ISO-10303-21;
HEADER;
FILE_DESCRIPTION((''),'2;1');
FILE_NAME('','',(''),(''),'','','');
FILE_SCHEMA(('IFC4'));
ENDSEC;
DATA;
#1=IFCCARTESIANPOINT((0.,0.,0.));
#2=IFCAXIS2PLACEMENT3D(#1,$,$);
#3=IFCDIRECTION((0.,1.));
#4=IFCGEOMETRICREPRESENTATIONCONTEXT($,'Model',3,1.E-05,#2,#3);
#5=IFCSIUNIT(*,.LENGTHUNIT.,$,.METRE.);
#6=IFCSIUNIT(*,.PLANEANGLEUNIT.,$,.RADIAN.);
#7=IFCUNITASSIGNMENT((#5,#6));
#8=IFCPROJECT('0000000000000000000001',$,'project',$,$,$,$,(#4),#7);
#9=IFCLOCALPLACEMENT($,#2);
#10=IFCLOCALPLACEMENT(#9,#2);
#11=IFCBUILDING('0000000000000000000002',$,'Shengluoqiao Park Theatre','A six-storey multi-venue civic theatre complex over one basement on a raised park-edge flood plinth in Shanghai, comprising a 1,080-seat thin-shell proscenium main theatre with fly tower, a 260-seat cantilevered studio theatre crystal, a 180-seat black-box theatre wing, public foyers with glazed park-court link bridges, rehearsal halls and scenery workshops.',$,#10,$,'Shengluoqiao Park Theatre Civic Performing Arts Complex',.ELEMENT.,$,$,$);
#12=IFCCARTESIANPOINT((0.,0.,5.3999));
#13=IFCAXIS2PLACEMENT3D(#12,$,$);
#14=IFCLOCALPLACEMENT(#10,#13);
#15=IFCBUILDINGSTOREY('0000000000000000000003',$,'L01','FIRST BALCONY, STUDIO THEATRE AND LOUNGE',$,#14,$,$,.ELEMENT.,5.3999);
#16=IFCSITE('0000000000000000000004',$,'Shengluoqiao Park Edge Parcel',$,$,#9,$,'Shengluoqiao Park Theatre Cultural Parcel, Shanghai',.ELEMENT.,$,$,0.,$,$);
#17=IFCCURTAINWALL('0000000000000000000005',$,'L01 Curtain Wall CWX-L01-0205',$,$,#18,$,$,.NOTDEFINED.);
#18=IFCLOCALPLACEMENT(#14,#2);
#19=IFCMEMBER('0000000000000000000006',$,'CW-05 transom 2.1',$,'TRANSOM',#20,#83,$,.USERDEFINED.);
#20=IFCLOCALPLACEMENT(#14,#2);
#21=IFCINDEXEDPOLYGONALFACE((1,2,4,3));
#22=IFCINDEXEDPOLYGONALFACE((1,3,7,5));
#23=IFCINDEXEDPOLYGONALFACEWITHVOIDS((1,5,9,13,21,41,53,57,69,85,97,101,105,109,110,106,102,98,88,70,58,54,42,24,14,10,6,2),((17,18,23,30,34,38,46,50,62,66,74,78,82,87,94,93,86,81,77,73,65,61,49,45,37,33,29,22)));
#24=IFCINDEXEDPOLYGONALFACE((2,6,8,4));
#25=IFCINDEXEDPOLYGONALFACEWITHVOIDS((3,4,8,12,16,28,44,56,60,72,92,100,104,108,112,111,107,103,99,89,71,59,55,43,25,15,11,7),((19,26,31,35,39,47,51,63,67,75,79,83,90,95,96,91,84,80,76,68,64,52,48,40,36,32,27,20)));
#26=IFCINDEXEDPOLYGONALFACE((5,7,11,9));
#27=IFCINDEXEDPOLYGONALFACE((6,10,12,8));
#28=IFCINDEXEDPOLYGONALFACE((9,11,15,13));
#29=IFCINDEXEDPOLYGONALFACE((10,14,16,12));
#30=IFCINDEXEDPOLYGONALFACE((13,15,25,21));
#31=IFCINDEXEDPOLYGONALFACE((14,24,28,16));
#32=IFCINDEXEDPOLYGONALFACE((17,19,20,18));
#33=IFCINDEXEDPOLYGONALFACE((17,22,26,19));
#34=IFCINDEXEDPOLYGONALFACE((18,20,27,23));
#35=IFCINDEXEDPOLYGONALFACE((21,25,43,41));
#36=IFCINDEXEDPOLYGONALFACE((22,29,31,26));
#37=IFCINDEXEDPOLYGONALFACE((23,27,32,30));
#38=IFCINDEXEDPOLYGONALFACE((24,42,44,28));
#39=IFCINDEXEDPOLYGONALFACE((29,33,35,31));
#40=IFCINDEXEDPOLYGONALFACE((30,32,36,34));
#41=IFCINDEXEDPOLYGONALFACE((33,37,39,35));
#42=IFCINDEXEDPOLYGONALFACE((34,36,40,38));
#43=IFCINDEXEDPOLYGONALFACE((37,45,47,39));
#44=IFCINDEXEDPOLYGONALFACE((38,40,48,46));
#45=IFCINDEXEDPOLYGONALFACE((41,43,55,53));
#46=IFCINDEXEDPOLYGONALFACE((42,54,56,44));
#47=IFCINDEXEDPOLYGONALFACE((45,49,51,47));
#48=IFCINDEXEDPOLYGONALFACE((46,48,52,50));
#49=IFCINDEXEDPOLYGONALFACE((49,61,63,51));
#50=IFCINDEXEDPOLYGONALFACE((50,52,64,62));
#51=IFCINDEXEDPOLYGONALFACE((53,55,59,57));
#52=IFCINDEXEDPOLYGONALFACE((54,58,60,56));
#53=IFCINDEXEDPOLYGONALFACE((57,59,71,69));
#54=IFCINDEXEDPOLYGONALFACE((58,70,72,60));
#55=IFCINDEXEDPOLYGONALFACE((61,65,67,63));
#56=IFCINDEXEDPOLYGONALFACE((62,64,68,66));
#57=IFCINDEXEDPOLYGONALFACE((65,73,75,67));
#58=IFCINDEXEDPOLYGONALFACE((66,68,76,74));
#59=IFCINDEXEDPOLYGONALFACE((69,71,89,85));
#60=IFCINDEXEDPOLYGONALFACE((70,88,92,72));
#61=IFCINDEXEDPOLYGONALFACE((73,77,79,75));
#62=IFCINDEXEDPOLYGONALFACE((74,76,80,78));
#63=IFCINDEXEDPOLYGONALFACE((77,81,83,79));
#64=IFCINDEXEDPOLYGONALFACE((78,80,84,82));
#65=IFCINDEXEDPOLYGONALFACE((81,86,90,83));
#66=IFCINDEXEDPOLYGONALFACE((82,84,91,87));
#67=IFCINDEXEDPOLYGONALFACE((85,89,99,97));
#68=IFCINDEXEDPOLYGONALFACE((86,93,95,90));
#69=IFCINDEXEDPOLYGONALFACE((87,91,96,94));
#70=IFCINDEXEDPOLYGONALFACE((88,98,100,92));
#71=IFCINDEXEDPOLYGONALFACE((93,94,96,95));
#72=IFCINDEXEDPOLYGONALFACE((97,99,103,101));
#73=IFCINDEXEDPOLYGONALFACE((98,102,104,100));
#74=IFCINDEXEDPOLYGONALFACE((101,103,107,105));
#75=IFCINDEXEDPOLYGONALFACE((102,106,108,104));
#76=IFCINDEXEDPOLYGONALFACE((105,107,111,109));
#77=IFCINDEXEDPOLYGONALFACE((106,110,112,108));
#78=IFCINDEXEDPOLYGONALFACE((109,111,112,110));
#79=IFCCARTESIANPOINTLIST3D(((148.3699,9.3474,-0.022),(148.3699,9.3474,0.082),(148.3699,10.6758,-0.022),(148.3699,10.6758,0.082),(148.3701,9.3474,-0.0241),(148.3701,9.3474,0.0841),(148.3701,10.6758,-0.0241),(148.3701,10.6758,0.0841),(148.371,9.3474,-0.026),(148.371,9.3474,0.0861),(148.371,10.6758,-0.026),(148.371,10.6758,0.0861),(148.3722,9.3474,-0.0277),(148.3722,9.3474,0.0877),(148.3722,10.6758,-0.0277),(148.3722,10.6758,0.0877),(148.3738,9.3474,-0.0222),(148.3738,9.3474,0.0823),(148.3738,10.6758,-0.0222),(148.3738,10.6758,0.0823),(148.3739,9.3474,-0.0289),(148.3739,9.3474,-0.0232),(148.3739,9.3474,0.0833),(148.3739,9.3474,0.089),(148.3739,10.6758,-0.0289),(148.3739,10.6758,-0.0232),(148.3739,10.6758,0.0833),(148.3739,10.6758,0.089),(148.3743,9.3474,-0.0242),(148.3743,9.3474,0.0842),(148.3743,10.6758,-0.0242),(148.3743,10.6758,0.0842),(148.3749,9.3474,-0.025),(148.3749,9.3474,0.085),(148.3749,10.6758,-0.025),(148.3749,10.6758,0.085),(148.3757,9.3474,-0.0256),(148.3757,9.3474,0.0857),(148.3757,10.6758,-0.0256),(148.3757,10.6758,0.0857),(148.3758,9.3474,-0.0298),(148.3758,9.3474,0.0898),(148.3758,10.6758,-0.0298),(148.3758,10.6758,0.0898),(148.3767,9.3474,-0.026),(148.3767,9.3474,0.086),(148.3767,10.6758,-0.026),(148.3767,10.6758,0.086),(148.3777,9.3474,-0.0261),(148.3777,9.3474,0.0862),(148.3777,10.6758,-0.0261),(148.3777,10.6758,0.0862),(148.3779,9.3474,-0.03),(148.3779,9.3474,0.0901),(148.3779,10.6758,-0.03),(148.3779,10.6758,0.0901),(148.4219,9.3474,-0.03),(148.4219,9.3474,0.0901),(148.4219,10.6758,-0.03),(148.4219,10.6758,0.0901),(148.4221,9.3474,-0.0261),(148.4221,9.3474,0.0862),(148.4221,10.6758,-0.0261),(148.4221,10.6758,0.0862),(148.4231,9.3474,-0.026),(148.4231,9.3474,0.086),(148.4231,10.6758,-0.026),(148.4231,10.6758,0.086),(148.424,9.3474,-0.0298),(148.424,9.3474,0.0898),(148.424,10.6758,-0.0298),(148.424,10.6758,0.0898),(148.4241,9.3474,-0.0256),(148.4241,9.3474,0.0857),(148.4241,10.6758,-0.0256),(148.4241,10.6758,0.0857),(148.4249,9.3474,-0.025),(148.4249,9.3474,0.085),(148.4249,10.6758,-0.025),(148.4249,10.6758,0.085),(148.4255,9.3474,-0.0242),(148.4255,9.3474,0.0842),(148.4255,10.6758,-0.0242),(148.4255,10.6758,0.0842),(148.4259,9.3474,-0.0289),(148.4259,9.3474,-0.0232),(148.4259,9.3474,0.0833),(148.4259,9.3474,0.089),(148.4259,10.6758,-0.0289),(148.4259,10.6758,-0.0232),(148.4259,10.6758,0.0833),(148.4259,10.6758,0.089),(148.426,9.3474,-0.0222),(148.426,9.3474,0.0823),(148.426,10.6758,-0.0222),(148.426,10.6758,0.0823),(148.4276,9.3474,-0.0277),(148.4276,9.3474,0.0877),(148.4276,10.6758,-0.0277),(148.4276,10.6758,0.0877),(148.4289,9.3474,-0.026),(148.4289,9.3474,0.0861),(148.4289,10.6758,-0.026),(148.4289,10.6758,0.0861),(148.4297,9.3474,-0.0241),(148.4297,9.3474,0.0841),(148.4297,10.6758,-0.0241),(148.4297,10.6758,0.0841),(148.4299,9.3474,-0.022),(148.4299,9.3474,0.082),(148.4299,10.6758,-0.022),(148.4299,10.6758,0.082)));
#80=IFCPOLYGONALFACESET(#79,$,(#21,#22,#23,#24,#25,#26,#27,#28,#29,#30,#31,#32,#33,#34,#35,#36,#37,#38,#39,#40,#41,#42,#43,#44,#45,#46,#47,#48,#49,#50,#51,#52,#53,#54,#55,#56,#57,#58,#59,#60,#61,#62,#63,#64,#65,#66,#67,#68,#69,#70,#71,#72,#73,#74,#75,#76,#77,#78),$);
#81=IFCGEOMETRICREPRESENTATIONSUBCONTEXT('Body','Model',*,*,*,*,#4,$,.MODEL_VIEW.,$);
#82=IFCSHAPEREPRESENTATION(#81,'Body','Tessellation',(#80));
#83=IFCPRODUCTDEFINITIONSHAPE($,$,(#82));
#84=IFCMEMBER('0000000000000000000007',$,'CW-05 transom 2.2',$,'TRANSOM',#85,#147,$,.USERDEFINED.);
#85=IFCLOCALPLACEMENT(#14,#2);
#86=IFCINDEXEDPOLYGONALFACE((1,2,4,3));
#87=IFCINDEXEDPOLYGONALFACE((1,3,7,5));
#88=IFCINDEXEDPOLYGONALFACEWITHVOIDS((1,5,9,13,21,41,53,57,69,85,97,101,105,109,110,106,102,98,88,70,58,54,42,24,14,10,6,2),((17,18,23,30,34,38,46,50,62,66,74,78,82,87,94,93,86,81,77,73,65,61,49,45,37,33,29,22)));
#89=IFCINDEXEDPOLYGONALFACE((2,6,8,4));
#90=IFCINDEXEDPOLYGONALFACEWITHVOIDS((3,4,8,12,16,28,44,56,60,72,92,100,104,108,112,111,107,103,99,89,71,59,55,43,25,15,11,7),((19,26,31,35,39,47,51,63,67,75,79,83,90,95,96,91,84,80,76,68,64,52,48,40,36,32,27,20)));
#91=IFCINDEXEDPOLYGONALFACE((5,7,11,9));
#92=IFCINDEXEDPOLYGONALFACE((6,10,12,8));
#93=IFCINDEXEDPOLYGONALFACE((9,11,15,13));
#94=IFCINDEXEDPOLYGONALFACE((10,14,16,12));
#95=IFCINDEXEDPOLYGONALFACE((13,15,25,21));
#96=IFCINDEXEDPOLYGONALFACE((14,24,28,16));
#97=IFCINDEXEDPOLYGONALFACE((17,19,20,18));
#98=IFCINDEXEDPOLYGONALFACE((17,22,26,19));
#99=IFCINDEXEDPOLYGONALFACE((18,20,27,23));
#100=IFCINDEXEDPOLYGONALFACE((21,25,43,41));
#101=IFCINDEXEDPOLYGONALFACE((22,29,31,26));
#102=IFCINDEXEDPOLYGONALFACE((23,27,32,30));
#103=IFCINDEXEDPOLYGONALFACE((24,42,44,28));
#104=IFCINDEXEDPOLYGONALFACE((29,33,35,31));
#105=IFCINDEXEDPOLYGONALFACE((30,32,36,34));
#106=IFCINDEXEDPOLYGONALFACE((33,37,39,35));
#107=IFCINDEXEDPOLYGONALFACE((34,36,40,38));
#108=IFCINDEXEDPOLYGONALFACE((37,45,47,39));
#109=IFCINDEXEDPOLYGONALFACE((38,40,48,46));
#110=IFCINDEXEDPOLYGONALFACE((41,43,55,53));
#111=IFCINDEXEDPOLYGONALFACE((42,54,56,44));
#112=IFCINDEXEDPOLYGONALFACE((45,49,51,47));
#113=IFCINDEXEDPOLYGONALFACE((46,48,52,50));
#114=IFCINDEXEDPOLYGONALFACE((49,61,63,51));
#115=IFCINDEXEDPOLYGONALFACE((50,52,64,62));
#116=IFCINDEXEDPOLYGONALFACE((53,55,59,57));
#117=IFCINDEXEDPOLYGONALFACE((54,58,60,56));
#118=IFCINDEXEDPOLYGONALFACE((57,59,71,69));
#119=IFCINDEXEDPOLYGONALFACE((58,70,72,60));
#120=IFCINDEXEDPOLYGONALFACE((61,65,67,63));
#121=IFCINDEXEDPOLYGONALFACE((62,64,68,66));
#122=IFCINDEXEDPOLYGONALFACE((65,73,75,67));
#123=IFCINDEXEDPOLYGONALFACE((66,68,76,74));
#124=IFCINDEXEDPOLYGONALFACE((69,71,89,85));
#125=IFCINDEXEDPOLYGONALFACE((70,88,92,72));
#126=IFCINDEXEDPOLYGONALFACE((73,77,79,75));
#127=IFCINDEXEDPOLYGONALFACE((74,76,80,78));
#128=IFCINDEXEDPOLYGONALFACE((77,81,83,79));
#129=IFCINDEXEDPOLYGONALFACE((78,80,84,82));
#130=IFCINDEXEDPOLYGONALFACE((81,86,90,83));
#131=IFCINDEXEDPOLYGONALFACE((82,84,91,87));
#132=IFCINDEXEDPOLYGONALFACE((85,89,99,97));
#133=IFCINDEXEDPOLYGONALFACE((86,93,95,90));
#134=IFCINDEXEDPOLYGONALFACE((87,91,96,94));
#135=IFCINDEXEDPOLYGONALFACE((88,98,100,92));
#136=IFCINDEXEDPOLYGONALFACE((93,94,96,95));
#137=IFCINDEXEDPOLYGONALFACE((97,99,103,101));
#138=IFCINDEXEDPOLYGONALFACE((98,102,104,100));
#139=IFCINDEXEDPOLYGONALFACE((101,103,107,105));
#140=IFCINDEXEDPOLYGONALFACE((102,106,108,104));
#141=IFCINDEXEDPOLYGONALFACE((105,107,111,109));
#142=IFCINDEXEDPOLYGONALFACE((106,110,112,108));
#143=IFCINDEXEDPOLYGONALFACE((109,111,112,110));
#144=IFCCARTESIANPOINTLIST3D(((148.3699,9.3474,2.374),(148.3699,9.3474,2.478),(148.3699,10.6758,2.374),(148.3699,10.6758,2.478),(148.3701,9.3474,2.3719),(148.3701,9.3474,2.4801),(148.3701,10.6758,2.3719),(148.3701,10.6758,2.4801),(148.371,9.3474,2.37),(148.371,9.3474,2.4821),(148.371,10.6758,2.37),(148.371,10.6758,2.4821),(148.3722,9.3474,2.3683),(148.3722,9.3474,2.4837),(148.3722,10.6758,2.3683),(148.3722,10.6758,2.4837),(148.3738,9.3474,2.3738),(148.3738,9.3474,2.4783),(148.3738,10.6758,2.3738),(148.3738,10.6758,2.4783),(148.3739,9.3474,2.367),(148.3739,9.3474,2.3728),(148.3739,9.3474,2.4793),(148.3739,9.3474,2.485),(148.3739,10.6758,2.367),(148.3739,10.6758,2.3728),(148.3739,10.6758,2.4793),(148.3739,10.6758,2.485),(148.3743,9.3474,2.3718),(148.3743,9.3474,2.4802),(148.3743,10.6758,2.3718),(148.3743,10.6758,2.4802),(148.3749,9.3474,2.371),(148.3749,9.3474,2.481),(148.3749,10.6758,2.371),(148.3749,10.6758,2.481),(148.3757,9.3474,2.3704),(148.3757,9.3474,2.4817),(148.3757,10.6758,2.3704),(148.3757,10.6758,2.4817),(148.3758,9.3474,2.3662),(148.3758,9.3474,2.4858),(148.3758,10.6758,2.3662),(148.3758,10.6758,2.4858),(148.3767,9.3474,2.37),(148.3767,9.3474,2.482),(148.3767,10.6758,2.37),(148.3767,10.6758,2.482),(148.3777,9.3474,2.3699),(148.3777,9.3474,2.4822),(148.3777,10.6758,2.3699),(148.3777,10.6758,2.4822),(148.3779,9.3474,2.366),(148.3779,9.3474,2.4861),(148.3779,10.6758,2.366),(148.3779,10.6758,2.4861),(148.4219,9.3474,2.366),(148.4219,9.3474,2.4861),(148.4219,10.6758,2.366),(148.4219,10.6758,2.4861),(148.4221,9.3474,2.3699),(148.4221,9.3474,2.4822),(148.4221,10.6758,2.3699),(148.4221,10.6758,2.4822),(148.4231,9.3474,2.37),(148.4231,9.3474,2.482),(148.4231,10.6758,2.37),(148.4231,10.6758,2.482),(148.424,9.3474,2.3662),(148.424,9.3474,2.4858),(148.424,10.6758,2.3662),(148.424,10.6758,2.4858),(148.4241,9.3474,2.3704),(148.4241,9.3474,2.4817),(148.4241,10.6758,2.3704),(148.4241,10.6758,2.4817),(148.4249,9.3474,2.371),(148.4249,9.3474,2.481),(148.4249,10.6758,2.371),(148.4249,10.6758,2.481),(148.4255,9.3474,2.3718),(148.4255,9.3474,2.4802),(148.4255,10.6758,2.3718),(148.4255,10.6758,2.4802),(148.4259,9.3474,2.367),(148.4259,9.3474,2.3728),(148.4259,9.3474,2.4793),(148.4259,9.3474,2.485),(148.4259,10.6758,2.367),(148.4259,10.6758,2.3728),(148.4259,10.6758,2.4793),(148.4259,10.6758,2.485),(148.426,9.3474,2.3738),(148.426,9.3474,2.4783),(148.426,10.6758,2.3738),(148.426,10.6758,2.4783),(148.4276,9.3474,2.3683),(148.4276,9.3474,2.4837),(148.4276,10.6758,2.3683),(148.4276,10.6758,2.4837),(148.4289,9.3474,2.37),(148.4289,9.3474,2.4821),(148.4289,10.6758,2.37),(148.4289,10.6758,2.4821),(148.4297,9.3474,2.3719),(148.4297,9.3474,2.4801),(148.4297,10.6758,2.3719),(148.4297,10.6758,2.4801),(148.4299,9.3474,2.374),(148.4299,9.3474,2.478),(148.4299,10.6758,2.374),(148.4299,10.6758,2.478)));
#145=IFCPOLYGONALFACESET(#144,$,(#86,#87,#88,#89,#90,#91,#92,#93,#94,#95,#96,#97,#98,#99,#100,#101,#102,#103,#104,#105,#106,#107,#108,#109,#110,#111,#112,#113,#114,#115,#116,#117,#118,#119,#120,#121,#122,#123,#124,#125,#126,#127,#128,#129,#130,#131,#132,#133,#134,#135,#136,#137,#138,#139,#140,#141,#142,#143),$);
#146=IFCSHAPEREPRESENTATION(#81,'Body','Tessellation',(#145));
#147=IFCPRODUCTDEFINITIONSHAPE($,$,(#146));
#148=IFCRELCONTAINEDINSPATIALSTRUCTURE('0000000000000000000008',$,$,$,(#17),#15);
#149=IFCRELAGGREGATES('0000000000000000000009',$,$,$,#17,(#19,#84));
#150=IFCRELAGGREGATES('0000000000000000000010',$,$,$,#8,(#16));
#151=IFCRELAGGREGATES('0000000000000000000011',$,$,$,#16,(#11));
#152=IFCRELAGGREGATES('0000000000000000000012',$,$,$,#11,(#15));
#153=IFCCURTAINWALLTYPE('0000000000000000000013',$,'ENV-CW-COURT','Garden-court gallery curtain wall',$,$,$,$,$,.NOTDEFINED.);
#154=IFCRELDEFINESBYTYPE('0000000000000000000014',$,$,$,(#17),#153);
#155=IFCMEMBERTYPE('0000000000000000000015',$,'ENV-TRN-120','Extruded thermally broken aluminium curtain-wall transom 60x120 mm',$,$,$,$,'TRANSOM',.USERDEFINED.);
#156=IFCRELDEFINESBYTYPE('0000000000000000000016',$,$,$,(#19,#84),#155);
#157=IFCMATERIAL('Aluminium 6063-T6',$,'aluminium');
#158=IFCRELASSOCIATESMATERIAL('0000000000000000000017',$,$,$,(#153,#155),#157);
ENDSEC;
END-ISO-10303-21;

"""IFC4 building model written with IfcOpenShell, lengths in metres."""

from ifc_helpers import new_model, si_unit, direction, frame, origin, origin_2d, place, context, subcontext, project, spatial, hollow_rectangle, extrude, material, material_profile, profile_set, type_object, element, aggregate, save


model = new_model("IFC4")

# Units and contexts
model_context = context("Model", 3, precision=1e-05, world=origin(), true_north=direction((0.0, 1.0)))
body_context = subcontext(model_context, "Body", "Model", "MODEL_VIEW")
ifc_project = project(units=[si_unit("LENGTHUNIT", "METRE"), si_unit("PLANEANGLEUNIT", "RADIAN")], contexts=[model_context])

# Site, building, storey
site_placement = place(None, origin())
site = spatial("IfcSite", under=ifc_project, at=site_placement, Name="Shengluoqiao Park Edge Parcel", LongName="Shengluoqiao Park Theatre Cultural Parcel, Shanghai", CompositionType="ELEMENT", RefElevation=0.0)
building_placement = place(site_placement, origin())
building = spatial("IfcBuilding", under=site, at=building_placement, Name="Shengluoqiao Park Theatre", Description="A six-storey multi-venue civic theatre complex over one basement on a raised park-edge flood plinth in Shanghai, comprising a 1,080-seat thin-shell proscenium main theatre with fly tower, a 260-seat cantilevered studio theatre crystal, a 180-seat black-box theatre wing, public foyers with glazed park-court link bridges, rehearsal halls and scenery workshops.", LongName="Shengluoqiao Park Theatre Civic Performing Arts Complex", CompositionType="ELEMENT")
storey_placement = place(building_placement, frame((0.0, 0.0, 5.3999)))
storey = spatial("IfcBuildingStorey", under=building, at=storey_placement, Name="L01", Description="FIRST BALCONY, STUDIO THEATRE AND LOUNGE", CompositionType="ELEMENT", Elevation=5.3999)

# Curtain wall, members
ifc_material_1 = material(Name="Aluminium 6063-T6", Category="aluminium")
curtain_wall_type = type_object("IfcCurtainWallType", Name="ENV-CW-COURT", Description="Garden-court gallery curtain wall", PredefinedType="NOTDEFINED", material=ifc_material_1)
curtain_wall_placement = place(storey_placement, origin())
curtain_wall = element("IfcCurtainWall", 1, at=curtain_wall_placement, inside=storey, type_object=curtain_wall_type, Name="L01 Curtain Wall CWX-L01-0205", PredefinedType="NOTDEFINED")
ifc_material_profile_1 = material_profile(ifc_material_1, hollow_rectangle(XDim=0.0601, YDim=0.1201, WallThickness=0.0039, InnerFilletRadius=0.0039, OuterFilletRadius=0.0081, at=origin_2d()), Name="ALU TRANSOM 120x60x4")
ifc_profile_set_1 = profile_set([ifc_material_profile_1], Name="Aluminium 6063-T6")
member_type_1 = type_object("IfcMemberType", Name="ENV-TRN-120", Description="Extruded thermally broken aluminium curtain-wall transom 60x120 mm", ElementType="TRANSOM", PredefinedType="USERDEFINED", material=ifc_profile_set_1)
member_1_placement = place(storey_placement, frame((148.3999, 9.3474, 0.03), z_axis=(0.0, 1.0, 0.0), x_axis=(-1.0, 0.0, 0.0)))
member_1 = element("IfcMember", 2, at=member_1_placement, type_object=member_type_1, Name="CW-05 transom 2.1", ObjectType="TRANSOM", PredefinedType="USERDEFINED", context=body_context, shape_type="SweptSolid", body=[
    extrude(hollow_rectangle(XDim=0.0601, YDim=0.1201, WallThickness=0.0039, InnerFilletRadius=0.0039, OuterFilletRadius=0.0081, at=origin_2d()), origin(), (0.0, 0.0, 1.0), 1.3284),
])
member_2_placement = place(storey_placement, frame((148.3999, 9.3474, 2.426), z_axis=(0.0, 1.0, 0.0), x_axis=(-1.0, 0.0, 0.0)))
member_2 = element("IfcMember", 3, at=member_2_placement, type_object=member_type_1, Name="CW-05 transom 2.2", ObjectType="TRANSOM", PredefinedType="USERDEFINED", context=body_context, shape_type="SweptSolid", body=[
    extrude(hollow_rectangle(XDim=0.0601, YDim=0.1201, WallThickness=0.0039, InnerFilletRadius=0.0039, OuterFilletRadius=0.0081, at=origin_2d()), origin(), (0.0, 0.0, 1.0), 1.3284),
])

aggregate(curtain_wall, [member_1, member_2])

save(model, "model.ifc")
